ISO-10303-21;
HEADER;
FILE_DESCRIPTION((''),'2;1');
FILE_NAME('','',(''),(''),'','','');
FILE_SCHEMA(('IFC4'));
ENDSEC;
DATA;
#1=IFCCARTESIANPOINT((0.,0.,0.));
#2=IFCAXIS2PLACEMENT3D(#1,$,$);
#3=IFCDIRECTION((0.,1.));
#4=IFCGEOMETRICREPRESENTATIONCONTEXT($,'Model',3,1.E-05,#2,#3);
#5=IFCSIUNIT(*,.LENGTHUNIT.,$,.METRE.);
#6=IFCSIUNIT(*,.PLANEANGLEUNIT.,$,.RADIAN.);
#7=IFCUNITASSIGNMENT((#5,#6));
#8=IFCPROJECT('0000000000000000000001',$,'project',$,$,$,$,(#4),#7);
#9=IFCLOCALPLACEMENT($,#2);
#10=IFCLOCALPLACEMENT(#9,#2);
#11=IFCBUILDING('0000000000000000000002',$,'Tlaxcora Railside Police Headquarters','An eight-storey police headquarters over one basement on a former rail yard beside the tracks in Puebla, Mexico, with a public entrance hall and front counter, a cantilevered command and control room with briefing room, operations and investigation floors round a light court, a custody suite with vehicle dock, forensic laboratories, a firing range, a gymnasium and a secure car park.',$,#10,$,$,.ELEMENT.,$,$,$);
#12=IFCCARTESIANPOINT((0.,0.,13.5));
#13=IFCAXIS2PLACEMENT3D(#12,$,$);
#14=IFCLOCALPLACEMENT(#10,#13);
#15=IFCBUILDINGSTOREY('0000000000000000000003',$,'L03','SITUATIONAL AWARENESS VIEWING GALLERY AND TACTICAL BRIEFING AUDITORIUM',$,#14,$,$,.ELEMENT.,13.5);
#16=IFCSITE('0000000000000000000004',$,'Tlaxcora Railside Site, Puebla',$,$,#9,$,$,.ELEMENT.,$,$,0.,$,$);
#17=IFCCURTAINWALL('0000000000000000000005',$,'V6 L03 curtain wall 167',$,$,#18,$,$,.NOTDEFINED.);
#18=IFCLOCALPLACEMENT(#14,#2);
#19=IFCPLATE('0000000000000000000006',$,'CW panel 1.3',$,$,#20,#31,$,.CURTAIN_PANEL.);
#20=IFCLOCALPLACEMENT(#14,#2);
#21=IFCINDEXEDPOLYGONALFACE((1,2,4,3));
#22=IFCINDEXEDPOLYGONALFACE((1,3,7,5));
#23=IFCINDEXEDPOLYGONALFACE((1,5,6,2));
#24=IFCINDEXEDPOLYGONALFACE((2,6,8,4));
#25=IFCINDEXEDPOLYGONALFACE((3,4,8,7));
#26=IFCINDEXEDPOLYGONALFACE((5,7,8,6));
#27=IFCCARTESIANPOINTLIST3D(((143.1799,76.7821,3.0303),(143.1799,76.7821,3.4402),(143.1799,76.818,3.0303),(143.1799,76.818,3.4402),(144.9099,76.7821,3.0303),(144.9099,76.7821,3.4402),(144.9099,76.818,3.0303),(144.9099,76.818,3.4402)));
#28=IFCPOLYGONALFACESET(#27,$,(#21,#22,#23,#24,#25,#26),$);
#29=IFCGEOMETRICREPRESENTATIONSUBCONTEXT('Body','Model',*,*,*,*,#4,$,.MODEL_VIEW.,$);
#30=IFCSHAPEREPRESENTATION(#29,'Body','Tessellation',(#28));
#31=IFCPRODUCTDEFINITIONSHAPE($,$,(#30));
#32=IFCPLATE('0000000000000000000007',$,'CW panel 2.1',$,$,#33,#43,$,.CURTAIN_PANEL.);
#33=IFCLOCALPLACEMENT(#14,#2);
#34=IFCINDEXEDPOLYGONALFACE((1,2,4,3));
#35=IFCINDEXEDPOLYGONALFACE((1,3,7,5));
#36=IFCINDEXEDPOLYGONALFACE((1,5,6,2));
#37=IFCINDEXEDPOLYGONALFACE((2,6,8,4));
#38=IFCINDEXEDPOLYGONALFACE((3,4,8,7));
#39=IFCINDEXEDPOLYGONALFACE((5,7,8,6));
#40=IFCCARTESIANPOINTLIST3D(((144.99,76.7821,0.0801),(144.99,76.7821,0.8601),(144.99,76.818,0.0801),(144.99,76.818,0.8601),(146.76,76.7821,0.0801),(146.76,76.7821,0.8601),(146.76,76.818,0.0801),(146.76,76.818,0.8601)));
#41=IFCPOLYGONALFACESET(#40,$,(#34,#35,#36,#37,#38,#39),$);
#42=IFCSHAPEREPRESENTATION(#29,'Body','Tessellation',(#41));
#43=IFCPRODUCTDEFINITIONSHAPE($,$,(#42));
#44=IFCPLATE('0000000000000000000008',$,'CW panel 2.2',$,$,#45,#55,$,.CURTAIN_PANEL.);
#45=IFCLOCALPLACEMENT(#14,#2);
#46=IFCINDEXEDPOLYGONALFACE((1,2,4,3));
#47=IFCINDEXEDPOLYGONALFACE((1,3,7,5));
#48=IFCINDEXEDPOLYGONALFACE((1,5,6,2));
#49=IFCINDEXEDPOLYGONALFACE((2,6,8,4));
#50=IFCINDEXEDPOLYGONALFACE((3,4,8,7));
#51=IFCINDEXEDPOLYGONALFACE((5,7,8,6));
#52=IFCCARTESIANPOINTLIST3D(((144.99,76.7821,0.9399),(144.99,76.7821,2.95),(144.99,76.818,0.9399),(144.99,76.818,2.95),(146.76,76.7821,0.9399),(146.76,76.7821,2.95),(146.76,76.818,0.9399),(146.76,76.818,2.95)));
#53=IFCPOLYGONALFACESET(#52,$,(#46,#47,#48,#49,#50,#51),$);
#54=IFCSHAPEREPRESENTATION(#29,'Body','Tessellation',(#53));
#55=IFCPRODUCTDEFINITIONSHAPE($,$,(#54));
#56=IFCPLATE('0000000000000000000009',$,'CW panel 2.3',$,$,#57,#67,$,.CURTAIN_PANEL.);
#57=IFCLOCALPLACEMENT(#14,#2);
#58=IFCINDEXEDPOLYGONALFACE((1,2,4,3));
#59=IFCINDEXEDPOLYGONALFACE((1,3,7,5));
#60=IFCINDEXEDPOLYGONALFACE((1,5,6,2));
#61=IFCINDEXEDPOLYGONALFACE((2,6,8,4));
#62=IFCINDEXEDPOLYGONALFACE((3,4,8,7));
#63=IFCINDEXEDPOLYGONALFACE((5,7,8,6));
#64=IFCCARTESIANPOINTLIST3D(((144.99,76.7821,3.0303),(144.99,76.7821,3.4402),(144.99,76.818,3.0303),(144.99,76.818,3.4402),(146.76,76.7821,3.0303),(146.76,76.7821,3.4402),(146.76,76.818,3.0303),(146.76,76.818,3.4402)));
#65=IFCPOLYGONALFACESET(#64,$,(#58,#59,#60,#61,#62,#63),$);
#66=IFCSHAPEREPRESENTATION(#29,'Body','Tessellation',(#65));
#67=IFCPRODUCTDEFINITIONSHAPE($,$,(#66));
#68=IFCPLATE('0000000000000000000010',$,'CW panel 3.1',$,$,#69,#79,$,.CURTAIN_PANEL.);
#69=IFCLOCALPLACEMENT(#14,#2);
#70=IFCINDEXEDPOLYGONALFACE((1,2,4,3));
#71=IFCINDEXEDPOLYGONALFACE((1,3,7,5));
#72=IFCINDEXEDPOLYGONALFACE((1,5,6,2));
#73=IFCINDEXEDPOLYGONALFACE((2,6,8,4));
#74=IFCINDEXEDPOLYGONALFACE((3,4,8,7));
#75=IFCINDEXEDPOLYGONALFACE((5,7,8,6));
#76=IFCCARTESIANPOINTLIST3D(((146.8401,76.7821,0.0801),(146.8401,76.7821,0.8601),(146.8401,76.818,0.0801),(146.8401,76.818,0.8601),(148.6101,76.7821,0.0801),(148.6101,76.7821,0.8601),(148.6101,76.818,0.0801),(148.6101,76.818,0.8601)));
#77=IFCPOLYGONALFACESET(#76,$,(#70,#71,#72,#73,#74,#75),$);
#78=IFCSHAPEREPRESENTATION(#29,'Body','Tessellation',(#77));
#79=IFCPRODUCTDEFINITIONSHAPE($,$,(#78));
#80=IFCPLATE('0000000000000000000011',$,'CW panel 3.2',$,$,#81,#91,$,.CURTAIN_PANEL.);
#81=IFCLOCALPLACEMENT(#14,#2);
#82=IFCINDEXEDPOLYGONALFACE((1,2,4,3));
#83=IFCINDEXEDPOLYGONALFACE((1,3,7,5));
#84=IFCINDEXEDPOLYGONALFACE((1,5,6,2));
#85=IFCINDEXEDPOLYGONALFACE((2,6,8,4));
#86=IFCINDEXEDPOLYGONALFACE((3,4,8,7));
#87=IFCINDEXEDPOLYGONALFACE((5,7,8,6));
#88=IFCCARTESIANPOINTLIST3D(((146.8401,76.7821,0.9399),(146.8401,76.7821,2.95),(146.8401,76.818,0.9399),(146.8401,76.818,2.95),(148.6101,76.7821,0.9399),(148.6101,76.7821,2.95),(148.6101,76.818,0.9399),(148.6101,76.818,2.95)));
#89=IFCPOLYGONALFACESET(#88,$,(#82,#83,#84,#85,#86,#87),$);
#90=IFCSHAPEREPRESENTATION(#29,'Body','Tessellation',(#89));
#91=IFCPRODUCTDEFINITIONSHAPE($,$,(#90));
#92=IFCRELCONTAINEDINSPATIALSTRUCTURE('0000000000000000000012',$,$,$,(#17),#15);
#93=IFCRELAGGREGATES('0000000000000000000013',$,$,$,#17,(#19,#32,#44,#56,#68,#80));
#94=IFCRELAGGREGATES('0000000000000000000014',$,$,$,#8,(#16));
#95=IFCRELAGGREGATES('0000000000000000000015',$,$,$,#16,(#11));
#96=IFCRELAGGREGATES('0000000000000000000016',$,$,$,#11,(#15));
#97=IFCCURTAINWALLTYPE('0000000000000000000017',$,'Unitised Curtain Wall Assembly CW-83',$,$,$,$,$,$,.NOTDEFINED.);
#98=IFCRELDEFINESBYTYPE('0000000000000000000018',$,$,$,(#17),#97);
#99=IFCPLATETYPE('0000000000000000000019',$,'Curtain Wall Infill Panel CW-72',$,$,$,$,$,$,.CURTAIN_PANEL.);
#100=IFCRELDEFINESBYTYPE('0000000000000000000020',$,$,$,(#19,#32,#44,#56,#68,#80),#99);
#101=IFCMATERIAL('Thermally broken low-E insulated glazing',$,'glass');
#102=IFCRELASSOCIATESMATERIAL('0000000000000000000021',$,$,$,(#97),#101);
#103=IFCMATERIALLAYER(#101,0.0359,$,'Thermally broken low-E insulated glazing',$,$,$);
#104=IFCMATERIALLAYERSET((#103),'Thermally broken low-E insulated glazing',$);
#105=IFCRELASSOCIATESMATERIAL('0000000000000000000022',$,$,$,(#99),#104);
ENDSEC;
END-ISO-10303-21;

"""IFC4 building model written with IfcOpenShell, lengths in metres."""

from ifc_helpers import new_model, si_unit, direction, frame, origin, origin_2d, place, context, subcontext, project, spatial, rectangle, extrude, material, layer, layer_set, type_object, element, aggregate, save


model = new_model("IFC4")

# Units and contexts
model_context = context("Model", 3, precision=1e-05, world=origin(), true_north=direction((0.0, 1.0)))
body_context = subcontext(model_context, "Body", "Model", "MODEL_VIEW")
ifc_project = project(units=[si_unit("LENGTHUNIT", "METRE"), si_unit("PLANEANGLEUNIT", "RADIAN")], contexts=[model_context])

# Site, building, storey
site_placement = place(None, origin())
site = spatial("IfcSite", under=ifc_project, at=site_placement, Name="Tlaxcora Railside Site, Puebla", CompositionType="ELEMENT", RefElevation=0.0)
building_placement = place(site_placement, origin())
building = spatial("IfcBuilding", under=site, at=building_placement, Name="Tlaxcora Railside Police Headquarters", Description="An eight-storey police headquarters over one basement on a former rail yard beside the tracks in Puebla, Mexico, with a public entrance hall and front counter, a cantilevered command and control room with briefing room, operations and investigation floors round a light court, a custody suite with vehicle dock, forensic laboratories, a firing range, a gymnasium and a secure car park.", CompositionType="ELEMENT")
storey_placement = place(building_placement, frame((0.0, 0.0, 13.5)))
storey = spatial("IfcBuildingStorey", under=building, at=storey_placement, Name="L03", Description="SITUATIONAL AWARENESS VIEWING GALLERY AND TACTICAL BRIEFING AUDITORIUM", CompositionType="ELEMENT", Elevation=13.5)

# Curtain wall
ifc_material_1 = material(Name="Thermally broken low-E insulated glazing", Category="glass")
curtain_wall_type = type_object("IfcCurtainWallType", Name="Unitised Curtain Wall Assembly CW-83", PredefinedType="NOTDEFINED", material=ifc_material_1)
curtain_wall_placement = place(storey_placement, origin())
curtain_wall = element("IfcCurtainWall", 1, at=curtain_wall_placement, inside=storey, type_object=curtain_wall_type, Name="V6 L03 curtain wall 167", PredefinedType="NOTDEFINED")

# Plates
ifc_layer = layer(ifc_material_1, 0.0359, Name="Thermally broken low-E insulated glazing")
ifc_layer_set = layer_set([ifc_layer], Name="Thermally broken low-E insulated glazing")
plate_type = type_object("IfcPlateType", Name="Curtain Wall Infill Panel CW-72", PredefinedType="CURTAIN_PANEL", material=ifc_layer_set)
plate_1_placement = place(storey_placement, frame((144.0449, 76.8, 3.0303), z_axis=(0.0, 0.0, 1.0), x_axis=(1.0, 0.0, 0.0)))
plate_1 = element("IfcPlate", 2, at=plate_1_placement, type_object=plate_type, Name="CW panel 1.3", PredefinedType="CURTAIN_PANEL", context=body_context, shape_type="SweptSolid", body=[
    extrude(rectangle(XDim=1.73, YDim=0.0359, at=origin_2d()), origin(), (0.0, 0.0, 1.0), 0.4099),
])
plate_2_placement = place(storey_placement, frame((145.875, 76.8, 0.0801), z_axis=(0.0, 0.0, 1.0), x_axis=(1.0, 0.0, 0.0)))
plate_2 = element("IfcPlate", 3, at=plate_2_placement, type_object=plate_type, Name="CW panel 2.1", PredefinedType="CURTAIN_PANEL", context=body_context, shape_type="SweptSolid", body=[
    extrude(rectangle(XDim=1.77, YDim=0.0359, at=origin_2d()), origin(), (0.0, 0.0, 1.0), 0.78),
])
plate_3_placement = place(storey_placement, frame((145.875, 76.8, 0.9399), z_axis=(0.0, 0.0, 1.0), x_axis=(1.0, 0.0, 0.0)))
plate_3 = element("IfcPlate", 4, at=plate_3_placement, type_object=plate_type, Name="CW panel 2.2", PredefinedType="CURTAIN_PANEL", context=body_context, shape_type="SweptSolid", body=[
    extrude(rectangle(XDim=1.77, YDim=0.0359, at=origin_2d()), origin(), (0.0, 0.0, 1.0), 2.01),
])
plate_4_placement = place(storey_placement, frame((145.875, 76.8, 3.0303), z_axis=(0.0, 0.0, 1.0), x_axis=(1.0, 0.0, 0.0)))
plate_4 = element("IfcPlate", 5, at=plate_4_placement, type_object=plate_type, Name="CW panel 2.3", PredefinedType="CURTAIN_PANEL", context=body_context, shape_type="SweptSolid", body=[
    extrude(rectangle(XDim=1.77, YDim=0.0359, at=origin_2d()), origin(), (0.0, 0.0, 1.0), 0.4099),
])
plate_5_placement = place(storey_placement, frame((147.7251, 76.8, 0.0801), z_axis=(0.0, 0.0, 1.0), x_axis=(1.0, 0.0, 0.0)))
plate_5 = element("IfcPlate", 6, at=plate_5_placement, type_object=plate_type, Name="CW panel 3.1", PredefinedType="CURTAIN_PANEL", context=body_context, shape_type="SweptSolid", body=[
    extrude(rectangle(XDim=1.77, YDim=0.0359, at=origin_2d()), origin(), (0.0, 0.0, 1.0), 0.78),
])
plate_6_placement = place(storey_placement, frame((147.7251, 76.8, 0.9399), z_axis=(0.0, 0.0, 1.0), x_axis=(1.0, 0.0, 0.0)))
plate_6 = element("IfcPlate", 7, at=plate_6_placement, type_object=plate_type, Name="CW panel 3.2", PredefinedType="CURTAIN_PANEL", context=body_context, shape_type="SweptSolid", body=[
    extrude(rectangle(XDim=1.77, YDim=0.0359, at=origin_2d()), origin(), (0.0, 0.0, 1.0), 2.01),
])
aggregate(curtain_wall, [plate_1, plate_2, plate_3, plate_4, plate_5, plate_6])

save(model, "model.ifc")
